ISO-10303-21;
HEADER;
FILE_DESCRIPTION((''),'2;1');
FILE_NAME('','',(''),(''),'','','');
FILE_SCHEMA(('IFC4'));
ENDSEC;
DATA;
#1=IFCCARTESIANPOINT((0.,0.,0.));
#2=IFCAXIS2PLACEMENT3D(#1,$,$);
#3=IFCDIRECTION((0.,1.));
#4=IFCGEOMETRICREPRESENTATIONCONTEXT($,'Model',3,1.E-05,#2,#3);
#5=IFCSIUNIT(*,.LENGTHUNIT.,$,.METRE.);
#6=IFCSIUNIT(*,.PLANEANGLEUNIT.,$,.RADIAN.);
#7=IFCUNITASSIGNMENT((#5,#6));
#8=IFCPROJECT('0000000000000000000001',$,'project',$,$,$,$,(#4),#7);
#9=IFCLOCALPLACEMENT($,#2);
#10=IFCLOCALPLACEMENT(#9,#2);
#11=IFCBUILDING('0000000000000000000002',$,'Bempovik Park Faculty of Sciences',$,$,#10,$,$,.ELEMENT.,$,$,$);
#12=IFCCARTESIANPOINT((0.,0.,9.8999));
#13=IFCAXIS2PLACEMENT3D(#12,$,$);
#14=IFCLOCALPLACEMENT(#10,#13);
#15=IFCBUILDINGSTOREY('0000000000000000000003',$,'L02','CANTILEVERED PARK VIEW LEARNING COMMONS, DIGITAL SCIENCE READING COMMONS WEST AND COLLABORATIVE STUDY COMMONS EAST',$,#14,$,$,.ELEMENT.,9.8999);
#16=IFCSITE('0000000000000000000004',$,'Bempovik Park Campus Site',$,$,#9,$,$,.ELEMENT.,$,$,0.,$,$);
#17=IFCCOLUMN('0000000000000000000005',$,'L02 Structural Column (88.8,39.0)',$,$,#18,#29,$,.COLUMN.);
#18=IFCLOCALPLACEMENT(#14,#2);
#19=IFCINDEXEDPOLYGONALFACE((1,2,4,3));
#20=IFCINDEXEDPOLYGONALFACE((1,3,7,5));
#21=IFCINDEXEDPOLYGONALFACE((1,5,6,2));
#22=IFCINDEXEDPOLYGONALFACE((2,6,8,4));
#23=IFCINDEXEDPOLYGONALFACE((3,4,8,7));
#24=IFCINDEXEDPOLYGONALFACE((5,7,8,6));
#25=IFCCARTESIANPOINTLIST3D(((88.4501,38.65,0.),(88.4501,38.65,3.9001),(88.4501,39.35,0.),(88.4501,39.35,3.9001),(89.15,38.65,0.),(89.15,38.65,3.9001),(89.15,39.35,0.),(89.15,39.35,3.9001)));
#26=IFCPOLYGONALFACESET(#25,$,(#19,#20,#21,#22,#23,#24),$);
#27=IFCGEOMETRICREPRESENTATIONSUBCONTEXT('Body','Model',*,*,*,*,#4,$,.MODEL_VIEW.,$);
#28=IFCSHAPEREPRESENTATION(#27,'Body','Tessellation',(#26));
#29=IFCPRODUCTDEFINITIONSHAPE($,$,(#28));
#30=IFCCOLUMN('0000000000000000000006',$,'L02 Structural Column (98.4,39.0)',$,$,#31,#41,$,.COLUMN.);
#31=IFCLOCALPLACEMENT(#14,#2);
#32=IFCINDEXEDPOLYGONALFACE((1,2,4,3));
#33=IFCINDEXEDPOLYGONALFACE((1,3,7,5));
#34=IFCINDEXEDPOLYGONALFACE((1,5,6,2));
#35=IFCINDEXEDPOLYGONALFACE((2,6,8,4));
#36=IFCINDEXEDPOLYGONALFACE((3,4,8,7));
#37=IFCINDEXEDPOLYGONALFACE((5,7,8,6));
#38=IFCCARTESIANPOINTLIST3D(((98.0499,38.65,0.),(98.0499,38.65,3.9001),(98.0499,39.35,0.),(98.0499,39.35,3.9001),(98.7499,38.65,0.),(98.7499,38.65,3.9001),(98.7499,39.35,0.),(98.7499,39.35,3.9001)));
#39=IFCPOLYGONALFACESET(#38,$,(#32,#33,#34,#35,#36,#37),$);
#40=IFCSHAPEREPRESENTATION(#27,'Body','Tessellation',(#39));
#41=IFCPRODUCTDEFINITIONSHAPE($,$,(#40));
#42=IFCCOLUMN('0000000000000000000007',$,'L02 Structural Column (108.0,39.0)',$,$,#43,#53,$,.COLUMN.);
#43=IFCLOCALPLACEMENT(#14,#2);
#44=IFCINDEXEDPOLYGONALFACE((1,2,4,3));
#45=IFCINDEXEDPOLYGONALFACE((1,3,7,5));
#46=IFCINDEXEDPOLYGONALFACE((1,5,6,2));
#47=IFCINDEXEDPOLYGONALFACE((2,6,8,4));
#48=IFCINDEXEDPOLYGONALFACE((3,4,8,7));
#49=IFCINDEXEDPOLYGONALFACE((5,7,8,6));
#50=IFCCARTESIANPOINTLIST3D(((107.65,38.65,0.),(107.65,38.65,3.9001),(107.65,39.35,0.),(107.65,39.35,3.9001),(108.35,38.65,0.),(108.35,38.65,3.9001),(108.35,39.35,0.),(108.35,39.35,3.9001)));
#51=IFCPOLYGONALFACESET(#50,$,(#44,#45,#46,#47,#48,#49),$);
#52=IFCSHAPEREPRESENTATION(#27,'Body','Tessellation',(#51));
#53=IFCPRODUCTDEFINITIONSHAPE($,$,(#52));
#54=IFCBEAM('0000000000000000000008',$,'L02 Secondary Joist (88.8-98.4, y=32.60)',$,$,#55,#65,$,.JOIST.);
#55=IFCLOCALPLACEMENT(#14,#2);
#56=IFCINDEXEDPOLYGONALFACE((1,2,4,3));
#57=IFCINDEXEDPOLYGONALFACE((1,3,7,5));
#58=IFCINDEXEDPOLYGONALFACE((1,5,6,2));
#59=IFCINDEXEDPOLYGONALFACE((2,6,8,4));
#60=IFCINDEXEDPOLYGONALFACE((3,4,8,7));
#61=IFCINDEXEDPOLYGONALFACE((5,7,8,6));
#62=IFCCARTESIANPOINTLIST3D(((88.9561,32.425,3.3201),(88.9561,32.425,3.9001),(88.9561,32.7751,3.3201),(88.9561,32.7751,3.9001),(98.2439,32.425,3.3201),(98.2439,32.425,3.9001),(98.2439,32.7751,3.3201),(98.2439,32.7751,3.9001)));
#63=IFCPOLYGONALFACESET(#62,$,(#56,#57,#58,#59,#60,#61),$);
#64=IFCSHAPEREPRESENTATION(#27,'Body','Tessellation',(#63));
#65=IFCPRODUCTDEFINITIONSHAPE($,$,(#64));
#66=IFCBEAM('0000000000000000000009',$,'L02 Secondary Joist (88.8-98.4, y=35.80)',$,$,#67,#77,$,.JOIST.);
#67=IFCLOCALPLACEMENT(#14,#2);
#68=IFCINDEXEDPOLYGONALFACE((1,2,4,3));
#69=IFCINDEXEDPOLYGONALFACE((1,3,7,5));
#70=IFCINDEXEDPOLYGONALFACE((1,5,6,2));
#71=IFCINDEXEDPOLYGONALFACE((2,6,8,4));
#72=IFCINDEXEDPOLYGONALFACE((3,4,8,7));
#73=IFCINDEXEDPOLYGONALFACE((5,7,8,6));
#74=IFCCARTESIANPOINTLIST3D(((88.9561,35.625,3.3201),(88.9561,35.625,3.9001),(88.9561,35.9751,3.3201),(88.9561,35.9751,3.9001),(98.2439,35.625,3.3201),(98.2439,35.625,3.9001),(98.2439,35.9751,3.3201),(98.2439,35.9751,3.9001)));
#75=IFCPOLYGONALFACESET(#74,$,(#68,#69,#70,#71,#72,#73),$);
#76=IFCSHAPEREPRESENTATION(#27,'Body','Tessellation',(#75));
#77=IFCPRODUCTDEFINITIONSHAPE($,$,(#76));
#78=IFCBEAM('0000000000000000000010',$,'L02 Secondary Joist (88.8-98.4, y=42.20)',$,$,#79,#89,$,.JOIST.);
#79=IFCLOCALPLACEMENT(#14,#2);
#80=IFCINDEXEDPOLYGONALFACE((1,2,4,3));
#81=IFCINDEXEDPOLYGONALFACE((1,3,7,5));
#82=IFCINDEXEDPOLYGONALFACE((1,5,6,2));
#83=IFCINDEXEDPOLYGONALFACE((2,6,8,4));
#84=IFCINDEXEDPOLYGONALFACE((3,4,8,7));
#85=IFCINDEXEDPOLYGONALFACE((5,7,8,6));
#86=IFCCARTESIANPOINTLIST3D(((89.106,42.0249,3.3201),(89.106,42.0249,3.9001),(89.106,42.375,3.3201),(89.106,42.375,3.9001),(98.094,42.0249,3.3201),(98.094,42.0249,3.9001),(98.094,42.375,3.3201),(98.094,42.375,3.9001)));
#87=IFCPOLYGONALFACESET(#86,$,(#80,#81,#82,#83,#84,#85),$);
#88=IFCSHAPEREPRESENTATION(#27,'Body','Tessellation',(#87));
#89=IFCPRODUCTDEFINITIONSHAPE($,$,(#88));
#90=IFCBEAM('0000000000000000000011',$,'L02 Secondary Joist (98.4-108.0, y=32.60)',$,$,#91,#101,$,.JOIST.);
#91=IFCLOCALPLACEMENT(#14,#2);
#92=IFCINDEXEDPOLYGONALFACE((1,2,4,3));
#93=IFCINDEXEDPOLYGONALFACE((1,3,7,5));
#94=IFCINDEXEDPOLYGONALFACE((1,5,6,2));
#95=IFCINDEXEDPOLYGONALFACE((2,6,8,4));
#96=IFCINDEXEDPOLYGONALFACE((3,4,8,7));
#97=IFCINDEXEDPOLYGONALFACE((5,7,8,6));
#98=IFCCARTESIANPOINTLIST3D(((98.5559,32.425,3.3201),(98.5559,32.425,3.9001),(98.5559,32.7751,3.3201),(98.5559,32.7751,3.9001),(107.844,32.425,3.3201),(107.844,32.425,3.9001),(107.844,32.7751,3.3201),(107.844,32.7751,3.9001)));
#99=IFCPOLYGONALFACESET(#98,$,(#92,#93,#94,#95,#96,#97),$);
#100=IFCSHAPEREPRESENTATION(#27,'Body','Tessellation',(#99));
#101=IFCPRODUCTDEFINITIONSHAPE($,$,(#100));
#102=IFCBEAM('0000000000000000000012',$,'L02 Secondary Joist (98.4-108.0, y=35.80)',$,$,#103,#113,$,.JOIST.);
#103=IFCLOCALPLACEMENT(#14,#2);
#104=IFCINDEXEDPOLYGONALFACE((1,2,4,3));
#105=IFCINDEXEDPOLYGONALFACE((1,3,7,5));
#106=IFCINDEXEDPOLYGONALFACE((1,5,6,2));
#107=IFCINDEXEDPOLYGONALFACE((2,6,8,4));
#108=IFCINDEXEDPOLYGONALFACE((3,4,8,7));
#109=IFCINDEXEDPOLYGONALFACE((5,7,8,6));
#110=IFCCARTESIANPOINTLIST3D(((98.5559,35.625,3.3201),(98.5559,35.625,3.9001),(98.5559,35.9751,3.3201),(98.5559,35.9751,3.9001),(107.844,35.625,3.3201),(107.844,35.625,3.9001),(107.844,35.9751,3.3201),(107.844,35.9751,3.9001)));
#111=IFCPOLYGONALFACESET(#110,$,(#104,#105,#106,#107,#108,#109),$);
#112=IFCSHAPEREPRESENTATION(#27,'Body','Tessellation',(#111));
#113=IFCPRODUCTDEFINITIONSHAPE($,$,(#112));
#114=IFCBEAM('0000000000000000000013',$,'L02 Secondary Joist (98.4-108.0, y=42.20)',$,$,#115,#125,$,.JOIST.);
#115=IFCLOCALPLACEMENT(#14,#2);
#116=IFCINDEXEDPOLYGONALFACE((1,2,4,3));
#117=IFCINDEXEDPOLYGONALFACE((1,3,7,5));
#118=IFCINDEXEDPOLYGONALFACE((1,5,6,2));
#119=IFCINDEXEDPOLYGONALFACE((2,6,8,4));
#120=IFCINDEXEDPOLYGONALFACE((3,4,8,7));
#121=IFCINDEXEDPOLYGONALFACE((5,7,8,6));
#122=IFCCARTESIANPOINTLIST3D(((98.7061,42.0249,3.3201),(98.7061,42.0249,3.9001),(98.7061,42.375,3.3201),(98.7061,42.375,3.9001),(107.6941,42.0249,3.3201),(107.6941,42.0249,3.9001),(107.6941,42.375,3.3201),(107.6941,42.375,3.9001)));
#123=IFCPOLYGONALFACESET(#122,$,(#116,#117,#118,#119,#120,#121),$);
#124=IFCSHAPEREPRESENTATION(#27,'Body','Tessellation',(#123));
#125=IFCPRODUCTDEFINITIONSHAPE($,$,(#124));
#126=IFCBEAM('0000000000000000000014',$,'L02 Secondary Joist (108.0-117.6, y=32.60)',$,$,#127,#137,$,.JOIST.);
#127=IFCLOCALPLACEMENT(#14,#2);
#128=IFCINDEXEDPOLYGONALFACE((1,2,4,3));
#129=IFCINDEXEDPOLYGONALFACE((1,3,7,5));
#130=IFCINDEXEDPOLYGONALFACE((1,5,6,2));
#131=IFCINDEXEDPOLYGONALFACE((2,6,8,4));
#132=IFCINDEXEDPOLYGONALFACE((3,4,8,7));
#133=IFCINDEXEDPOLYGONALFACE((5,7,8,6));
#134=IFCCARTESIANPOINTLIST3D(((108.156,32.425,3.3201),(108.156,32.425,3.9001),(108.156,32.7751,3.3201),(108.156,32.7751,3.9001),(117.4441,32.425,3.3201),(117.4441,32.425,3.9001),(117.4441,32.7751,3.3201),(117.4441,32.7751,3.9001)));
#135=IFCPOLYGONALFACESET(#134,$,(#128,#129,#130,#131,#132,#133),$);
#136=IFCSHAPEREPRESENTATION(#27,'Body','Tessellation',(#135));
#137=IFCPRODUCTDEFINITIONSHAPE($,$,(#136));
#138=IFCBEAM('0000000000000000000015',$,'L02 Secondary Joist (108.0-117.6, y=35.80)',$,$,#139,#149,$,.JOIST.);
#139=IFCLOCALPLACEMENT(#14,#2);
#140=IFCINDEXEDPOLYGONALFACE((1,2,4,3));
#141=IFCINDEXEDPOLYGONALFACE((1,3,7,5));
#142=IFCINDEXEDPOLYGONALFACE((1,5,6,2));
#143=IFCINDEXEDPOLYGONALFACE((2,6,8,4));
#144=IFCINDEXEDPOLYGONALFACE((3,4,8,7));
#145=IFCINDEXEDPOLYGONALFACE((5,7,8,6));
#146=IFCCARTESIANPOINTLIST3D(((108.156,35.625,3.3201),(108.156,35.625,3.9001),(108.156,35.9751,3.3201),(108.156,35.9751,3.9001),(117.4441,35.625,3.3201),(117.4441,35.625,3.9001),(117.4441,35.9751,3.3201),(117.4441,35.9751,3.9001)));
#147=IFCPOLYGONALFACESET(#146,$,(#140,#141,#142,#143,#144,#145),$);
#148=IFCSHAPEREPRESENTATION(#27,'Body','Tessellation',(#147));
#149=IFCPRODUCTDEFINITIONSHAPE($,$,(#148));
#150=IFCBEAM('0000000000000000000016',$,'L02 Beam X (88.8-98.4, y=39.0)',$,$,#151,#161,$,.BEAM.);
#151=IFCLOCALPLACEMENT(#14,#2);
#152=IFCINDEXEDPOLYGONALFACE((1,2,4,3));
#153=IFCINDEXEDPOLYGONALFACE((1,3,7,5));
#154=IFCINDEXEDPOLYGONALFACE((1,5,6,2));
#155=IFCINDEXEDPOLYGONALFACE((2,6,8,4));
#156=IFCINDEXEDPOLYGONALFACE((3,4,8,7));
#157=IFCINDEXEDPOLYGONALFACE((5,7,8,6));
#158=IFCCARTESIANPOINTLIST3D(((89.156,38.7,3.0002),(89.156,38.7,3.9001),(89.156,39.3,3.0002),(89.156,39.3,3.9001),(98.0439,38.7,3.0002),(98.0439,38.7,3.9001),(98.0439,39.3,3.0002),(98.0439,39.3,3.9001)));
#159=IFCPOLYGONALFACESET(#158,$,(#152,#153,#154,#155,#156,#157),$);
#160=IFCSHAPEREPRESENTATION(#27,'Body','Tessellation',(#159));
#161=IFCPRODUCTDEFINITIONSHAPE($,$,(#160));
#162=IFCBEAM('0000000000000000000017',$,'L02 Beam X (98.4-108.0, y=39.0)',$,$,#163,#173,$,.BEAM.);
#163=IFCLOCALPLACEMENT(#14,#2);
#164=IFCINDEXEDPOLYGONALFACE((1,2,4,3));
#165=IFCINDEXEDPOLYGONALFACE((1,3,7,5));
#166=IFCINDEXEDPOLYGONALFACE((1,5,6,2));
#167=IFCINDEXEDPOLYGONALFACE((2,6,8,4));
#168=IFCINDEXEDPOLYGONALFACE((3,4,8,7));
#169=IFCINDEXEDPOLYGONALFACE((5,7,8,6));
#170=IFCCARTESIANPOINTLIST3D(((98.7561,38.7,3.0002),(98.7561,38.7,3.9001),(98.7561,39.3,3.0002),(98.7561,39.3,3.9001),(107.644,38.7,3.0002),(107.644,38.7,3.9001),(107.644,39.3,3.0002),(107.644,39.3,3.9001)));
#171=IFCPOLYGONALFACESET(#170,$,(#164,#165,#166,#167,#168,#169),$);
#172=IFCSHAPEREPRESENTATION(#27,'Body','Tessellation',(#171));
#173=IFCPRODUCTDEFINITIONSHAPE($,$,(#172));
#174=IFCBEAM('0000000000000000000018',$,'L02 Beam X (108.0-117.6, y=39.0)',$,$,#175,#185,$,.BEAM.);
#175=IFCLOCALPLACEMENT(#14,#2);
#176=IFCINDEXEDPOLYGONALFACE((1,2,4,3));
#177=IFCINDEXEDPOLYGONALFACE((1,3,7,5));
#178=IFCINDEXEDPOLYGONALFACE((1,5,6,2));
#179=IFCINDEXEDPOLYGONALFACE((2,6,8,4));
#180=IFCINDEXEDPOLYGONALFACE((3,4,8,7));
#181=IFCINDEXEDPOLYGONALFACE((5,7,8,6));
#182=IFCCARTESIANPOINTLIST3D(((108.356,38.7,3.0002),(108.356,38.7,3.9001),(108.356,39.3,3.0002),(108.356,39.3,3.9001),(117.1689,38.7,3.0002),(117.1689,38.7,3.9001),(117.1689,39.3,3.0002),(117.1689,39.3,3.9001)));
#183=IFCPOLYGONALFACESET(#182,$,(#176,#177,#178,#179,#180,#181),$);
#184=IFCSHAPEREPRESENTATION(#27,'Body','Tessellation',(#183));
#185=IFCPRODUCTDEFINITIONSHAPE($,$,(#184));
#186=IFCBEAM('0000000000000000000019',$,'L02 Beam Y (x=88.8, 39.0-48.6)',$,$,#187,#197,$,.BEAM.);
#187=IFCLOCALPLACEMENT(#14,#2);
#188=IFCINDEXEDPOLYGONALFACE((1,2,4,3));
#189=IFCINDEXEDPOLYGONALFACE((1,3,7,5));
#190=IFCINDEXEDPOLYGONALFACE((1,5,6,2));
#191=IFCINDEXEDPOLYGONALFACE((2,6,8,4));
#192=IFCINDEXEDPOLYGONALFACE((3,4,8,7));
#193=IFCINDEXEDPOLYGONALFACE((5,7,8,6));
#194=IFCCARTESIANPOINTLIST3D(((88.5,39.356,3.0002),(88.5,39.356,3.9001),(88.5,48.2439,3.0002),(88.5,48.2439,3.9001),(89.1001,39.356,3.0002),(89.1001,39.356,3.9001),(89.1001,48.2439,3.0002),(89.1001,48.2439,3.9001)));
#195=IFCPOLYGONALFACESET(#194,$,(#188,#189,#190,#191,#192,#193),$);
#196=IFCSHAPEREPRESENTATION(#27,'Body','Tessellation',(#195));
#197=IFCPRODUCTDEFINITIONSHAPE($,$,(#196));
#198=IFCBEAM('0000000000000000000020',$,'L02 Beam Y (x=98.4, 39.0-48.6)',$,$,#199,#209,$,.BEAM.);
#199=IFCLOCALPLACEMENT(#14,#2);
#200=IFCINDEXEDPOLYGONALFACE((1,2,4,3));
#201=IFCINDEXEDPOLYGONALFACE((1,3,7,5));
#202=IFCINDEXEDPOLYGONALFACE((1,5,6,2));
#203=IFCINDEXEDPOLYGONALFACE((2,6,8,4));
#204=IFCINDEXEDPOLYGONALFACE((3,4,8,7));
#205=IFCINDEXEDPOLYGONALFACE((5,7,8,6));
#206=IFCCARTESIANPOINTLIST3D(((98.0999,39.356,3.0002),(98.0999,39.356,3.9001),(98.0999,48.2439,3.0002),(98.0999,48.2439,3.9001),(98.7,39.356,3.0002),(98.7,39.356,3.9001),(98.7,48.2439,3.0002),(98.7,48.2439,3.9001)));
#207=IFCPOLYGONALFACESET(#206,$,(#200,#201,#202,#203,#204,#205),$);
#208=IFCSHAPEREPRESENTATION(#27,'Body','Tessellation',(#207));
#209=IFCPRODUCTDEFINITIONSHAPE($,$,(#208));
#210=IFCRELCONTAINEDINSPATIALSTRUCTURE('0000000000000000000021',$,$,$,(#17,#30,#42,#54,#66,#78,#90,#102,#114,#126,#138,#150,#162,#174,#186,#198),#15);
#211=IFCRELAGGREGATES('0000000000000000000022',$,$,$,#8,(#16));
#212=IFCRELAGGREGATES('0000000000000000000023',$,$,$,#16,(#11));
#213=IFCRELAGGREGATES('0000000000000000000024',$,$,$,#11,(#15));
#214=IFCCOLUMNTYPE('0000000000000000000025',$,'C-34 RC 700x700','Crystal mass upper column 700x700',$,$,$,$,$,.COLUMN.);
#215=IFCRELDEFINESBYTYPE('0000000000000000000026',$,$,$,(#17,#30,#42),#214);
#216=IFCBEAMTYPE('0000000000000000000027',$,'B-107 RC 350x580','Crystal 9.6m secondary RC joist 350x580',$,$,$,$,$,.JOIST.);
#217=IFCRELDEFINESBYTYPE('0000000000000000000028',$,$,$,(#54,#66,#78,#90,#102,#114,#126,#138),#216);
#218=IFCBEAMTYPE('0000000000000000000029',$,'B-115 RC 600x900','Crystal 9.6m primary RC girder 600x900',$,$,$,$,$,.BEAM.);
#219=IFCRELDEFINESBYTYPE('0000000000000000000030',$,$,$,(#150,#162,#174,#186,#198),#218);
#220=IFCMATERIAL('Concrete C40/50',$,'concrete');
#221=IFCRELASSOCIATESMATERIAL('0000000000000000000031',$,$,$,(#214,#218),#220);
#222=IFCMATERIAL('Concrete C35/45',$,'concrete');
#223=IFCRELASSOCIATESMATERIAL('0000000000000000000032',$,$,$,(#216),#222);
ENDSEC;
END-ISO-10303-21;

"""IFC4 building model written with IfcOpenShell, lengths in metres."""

from ifc_helpers import new_model, si_unit, direction, frame, origin, origin_2d, place, context, subcontext, project, spatial, rectangle, extrude, material, material_profile, profile_set, type_object, element, save


model = new_model("IFC4")

# Units and contexts
model_context = context("Model", 3, precision=1e-05, world=origin(), true_north=direction((0.0, 1.0)))
body_context = subcontext(model_context, "Body", "Model", "MODEL_VIEW")
ifc_project = project(units=[si_unit("LENGTHUNIT", "METRE"), si_unit("PLANEANGLEUNIT", "RADIAN")], contexts=[model_context])

# Site, building, storey
site_placement = place(None, origin())
site = spatial("IfcSite", under=ifc_project, at=site_placement, Name="Bempovik Park Campus Site", CompositionType="ELEMENT", RefElevation=0.0)
building_placement = place(site_placement, origin())
building = spatial("IfcBuilding", under=site, at=building_placement, Name="Bempovik Park Faculty of Sciences", CompositionType="ELEMENT")
storey_placement = place(building_placement, frame((0.0, 0.0, 9.8999)))
storey = spatial("IfcBuildingStorey", under=building, at=storey_placement, Name="L02", Description="CANTILEVERED PARK VIEW LEARNING COMMONS, DIGITAL SCIENCE READING COMMONS WEST AND COLLABORATIVE STUDY COMMONS EAST", CompositionType="ELEMENT", Elevation=9.8999)

# Columns
ifc_material_1 = material(Name="Concrete C40/50", Category="concrete")
ifc_material_profile_1 = material_profile(ifc_material_1, rectangle(XDim=0.7, YDim=0.7, at=origin_2d()), Name="RC 700x700")
ifc_profile_set_1 = profile_set([ifc_material_profile_1], Name="Concrete C40/50")
column_type = type_object("IfcColumnType", Name="C-34 RC 700x700", Description="Crystal mass upper column 700x700", PredefinedType="COLUMN", material=ifc_profile_set_1)
for number, where, z_axis, x_axis, name in (
    (1, (88.8, 39.0, 0.0), (0.0, 0.0, 1.0), (1.0, 0.0, 0.0), "L02 Structural Column (88.8,39.0)"),
    (2, (98.3999, 39.0, 0.0), (0.0, 0.0, 1.0), (1.0, 0.0, 0.0), "L02 Structural Column (98.4,39.0)"),
    (3, (108.0, 39.0, 0.0), (0.0, 0.0, 1.0), (1.0, 0.0, 0.0), "L02 Structural Column (108.0,39.0)"),
):
    element("IfcColumn", number, at=place(storey_placement, frame(where, z_axis=z_axis, x_axis=x_axis)), inside=storey, type_object=column_type, Name=name, PredefinedType="COLUMN", context=body_context, shape_type="SweptSolid", body=[
        extrude(rectangle(XDim=0.7, YDim=0.7, at=origin_2d()), origin(), (0.0, 0.0, 1.0), 3.9001),
    ])

# Beams
ifc_material_2 = material(Name="Concrete C35/45", Category="concrete")
ifc_material_profile_2 = material_profile(ifc_material_2, rectangle(XDim=0.3501, YDim=0.5801, at=origin_2d()), Name="RC 350x580")
ifc_profile_set_2 = profile_set([ifc_material_profile_2], Name="Concrete C35/45")
beam_type_1 = type_object("IfcBeamType", Name="B-107 RC 350x580", Description="Crystal 9.6m secondary RC joist 350x580", PredefinedType="JOIST", material=ifc_profile_set_2)
for number, where, z_axis, x_axis, name in (
    (4, (88.9561, 32.6001, 3.6101), (1.0, 0.0, 0.0), (0.0, 1.0, 0.0), "L02 Secondary Joist (88.8-98.4, y=32.60)"),
    (5, (88.9561, 35.8, 3.6101), (1.0, 0.0, 0.0), (0.0, 1.0, 0.0), "L02 Secondary Joist (88.8-98.4, y=35.80)"),
):
    element("IfcBeam", number, at=place(storey_placement, frame(where, z_axis=z_axis, x_axis=x_axis)), inside=storey, type_object=beam_type_1, Name=name, PredefinedType="JOIST", context=body_context, shape_type="SweptSolid", body=[
        extrude(rectangle(XDim=0.3501, YDim=0.5801, at=origin_2d()), origin(), (0.0, 0.0, 1.0), 9.2878),
    ])
beam_1_placement = place(storey_placement, frame((89.106, 42.2, 3.6101), z_axis=(1.0, 0.0, 0.0), x_axis=(0.0, 1.0, 0.0)))
element("IfcBeam", 6, at=beam_1_placement, inside=storey, type_object=beam_type_1, Name="L02 Secondary Joist (88.8-98.4, y=42.20)", PredefinedType="JOIST", context=body_context, shape_type="SweptSolid", body=[
    extrude(rectangle(XDim=0.3501, YDim=0.5801, at=origin_2d()), origin(), (0.0, 0.0, 1.0), 8.988),
])
for number, where, z_axis, x_axis, name in (
    (7, (98.5559, 32.6001, 3.6101), (1.0, 0.0, 0.0), (0.0, 1.0, 0.0), "L02 Secondary Joist (98.4-108.0, y=32.60)"),
    (8, (98.5559, 35.8, 3.6101), (1.0, 0.0, 0.0), (0.0, 1.0, 0.0), "L02 Secondary Joist (98.4-108.0, y=35.80)"),
):
    element("IfcBeam", number, at=place(storey_placement, frame(where, z_axis=z_axis, x_axis=x_axis)), inside=storey, type_object=beam_type_1, Name=name, PredefinedType="JOIST", context=body_context, shape_type="SweptSolid", body=[
        extrude(rectangle(XDim=0.3501, YDim=0.5801, at=origin_2d()), origin(), (0.0, 0.0, 1.0), 9.2881),
    ])
beam_2_placement = place(storey_placement, frame((98.7061, 42.2, 3.6101), z_axis=(1.0, 0.0, 0.0), x_axis=(0.0, 1.0, 0.0)))
element("IfcBeam", 9, at=beam_2_placement, inside=storey, type_object=beam_type_1, Name="L02 Secondary Joist (98.4-108.0, y=42.20)", PredefinedType="JOIST", context=body_context, shape_type="SweptSolid", body=[
    extrude(rectangle(XDim=0.3501, YDim=0.5801, at=origin_2d()), origin(), (0.0, 0.0, 1.0), 8.988),
])
for number, where, z_axis, x_axis, name in (
    (10, (108.156, 32.6001, 3.6101), (1.0, 0.0, 0.0), (0.0, 1.0, 0.0), "L02 Secondary Joist (108.0-117.6, y=32.60)"),
    (11, (108.156, 35.8, 3.6101), (1.0, 0.0, 0.0), (0.0, 1.0, 0.0), "L02 Secondary Joist (108.0-117.6, y=35.80)"),
):
    element("IfcBeam", number, at=place(storey_placement, frame(where, z_axis=z_axis, x_axis=x_axis)), inside=storey, type_object=beam_type_1, Name=name, PredefinedType="JOIST", context=body_context, shape_type="SweptSolid", body=[
        extrude(rectangle(XDim=0.3501, YDim=0.5801, at=origin_2d()), origin(), (0.0, 0.0, 1.0), 9.2881),
    ])
ifc_material_profile_3 = material_profile(ifc_material_1, rectangle(XDim=0.6001, YDim=0.8999, at=origin_2d()), Name="RC 600x900")
ifc_profile_set_3 = profile_set([ifc_material_profile_3], Name="Concrete C40/50")
beam_type_2 = type_object("IfcBeamType", Name="B-115 RC 600x900", Description="Crystal 9.6m primary RC girder 600x900", PredefinedType="BEAM", material=ifc_profile_set_3)
for number, where, z_axis, x_axis, name in (
    (12, (89.156, 39.0, 3.4502), (1.0, 0.0, 0.0), (0.0, 1.0, 0.0), "L02 Beam X (88.8-98.4, y=39.0)"),
    (13, (98.7561, 39.0, 3.4502), (1.0, 0.0, 0.0), (0.0, 1.0, 0.0), "L02 Beam X (98.4-108.0, y=39.0)"),
):
    element("IfcBeam", number, at=place(storey_placement, frame(where, z_axis=z_axis, x_axis=x_axis)), inside=storey, type_object=beam_type_2, Name=name, PredefinedType="BEAM", context=body_context, shape_type="SweptSolid", body=[
        extrude(rectangle(XDim=0.6001, YDim=0.8999, at=origin_2d()), origin(), (0.0, 0.0, 1.0), 8.8879),
    ])
beam_3_placement = place(storey_placement, frame((108.356, 39.0, 3.4502), z_axis=(1.0, 0.0, 0.0), x_axis=(0.0, 1.0, 0.0)))
element("IfcBeam", 14, at=beam_3_placement, inside=storey, type_object=beam_type_2, Name="L02 Beam X (108.0-117.6, y=39.0)", PredefinedType="BEAM", context=body_context, shape_type="SweptSolid", body=[
    extrude(rectangle(XDim=0.6001, YDim=0.8999, at=origin_2d()), origin(), (0.0, 0.0, 1.0), 8.813),
])
for number, where, z_axis, x_axis, name in (
    (15, (88.8, 39.356, 3.4502), (0.0, 1.0, 0.0), (-1.0, 0.0, 0.0), "L02 Beam Y (x=88.8, 39.0-48.6)"),
    (16, (98.3999, 39.356, 3.4502), (0.0, 1.0, 0.0), (-1.0, 0.0, 0.0), "L02 Beam Y (x=98.4, 39.0-48.6)"),
):
    element("IfcBeam", number, at=place(storey_placement, frame(where, z_axis=z_axis, x_axis=x_axis)), inside=storey, type_object=beam_type_2, Name=name, PredefinedType="BEAM", context=body_context, shape_type="SweptSolid", body=[
        extrude(rectangle(XDim=0.6001, YDim=0.8999, at=origin_2d()), origin(), (0.0, 0.0, 1.0), 8.8879),
    ])

save(model, "model.ifc")
